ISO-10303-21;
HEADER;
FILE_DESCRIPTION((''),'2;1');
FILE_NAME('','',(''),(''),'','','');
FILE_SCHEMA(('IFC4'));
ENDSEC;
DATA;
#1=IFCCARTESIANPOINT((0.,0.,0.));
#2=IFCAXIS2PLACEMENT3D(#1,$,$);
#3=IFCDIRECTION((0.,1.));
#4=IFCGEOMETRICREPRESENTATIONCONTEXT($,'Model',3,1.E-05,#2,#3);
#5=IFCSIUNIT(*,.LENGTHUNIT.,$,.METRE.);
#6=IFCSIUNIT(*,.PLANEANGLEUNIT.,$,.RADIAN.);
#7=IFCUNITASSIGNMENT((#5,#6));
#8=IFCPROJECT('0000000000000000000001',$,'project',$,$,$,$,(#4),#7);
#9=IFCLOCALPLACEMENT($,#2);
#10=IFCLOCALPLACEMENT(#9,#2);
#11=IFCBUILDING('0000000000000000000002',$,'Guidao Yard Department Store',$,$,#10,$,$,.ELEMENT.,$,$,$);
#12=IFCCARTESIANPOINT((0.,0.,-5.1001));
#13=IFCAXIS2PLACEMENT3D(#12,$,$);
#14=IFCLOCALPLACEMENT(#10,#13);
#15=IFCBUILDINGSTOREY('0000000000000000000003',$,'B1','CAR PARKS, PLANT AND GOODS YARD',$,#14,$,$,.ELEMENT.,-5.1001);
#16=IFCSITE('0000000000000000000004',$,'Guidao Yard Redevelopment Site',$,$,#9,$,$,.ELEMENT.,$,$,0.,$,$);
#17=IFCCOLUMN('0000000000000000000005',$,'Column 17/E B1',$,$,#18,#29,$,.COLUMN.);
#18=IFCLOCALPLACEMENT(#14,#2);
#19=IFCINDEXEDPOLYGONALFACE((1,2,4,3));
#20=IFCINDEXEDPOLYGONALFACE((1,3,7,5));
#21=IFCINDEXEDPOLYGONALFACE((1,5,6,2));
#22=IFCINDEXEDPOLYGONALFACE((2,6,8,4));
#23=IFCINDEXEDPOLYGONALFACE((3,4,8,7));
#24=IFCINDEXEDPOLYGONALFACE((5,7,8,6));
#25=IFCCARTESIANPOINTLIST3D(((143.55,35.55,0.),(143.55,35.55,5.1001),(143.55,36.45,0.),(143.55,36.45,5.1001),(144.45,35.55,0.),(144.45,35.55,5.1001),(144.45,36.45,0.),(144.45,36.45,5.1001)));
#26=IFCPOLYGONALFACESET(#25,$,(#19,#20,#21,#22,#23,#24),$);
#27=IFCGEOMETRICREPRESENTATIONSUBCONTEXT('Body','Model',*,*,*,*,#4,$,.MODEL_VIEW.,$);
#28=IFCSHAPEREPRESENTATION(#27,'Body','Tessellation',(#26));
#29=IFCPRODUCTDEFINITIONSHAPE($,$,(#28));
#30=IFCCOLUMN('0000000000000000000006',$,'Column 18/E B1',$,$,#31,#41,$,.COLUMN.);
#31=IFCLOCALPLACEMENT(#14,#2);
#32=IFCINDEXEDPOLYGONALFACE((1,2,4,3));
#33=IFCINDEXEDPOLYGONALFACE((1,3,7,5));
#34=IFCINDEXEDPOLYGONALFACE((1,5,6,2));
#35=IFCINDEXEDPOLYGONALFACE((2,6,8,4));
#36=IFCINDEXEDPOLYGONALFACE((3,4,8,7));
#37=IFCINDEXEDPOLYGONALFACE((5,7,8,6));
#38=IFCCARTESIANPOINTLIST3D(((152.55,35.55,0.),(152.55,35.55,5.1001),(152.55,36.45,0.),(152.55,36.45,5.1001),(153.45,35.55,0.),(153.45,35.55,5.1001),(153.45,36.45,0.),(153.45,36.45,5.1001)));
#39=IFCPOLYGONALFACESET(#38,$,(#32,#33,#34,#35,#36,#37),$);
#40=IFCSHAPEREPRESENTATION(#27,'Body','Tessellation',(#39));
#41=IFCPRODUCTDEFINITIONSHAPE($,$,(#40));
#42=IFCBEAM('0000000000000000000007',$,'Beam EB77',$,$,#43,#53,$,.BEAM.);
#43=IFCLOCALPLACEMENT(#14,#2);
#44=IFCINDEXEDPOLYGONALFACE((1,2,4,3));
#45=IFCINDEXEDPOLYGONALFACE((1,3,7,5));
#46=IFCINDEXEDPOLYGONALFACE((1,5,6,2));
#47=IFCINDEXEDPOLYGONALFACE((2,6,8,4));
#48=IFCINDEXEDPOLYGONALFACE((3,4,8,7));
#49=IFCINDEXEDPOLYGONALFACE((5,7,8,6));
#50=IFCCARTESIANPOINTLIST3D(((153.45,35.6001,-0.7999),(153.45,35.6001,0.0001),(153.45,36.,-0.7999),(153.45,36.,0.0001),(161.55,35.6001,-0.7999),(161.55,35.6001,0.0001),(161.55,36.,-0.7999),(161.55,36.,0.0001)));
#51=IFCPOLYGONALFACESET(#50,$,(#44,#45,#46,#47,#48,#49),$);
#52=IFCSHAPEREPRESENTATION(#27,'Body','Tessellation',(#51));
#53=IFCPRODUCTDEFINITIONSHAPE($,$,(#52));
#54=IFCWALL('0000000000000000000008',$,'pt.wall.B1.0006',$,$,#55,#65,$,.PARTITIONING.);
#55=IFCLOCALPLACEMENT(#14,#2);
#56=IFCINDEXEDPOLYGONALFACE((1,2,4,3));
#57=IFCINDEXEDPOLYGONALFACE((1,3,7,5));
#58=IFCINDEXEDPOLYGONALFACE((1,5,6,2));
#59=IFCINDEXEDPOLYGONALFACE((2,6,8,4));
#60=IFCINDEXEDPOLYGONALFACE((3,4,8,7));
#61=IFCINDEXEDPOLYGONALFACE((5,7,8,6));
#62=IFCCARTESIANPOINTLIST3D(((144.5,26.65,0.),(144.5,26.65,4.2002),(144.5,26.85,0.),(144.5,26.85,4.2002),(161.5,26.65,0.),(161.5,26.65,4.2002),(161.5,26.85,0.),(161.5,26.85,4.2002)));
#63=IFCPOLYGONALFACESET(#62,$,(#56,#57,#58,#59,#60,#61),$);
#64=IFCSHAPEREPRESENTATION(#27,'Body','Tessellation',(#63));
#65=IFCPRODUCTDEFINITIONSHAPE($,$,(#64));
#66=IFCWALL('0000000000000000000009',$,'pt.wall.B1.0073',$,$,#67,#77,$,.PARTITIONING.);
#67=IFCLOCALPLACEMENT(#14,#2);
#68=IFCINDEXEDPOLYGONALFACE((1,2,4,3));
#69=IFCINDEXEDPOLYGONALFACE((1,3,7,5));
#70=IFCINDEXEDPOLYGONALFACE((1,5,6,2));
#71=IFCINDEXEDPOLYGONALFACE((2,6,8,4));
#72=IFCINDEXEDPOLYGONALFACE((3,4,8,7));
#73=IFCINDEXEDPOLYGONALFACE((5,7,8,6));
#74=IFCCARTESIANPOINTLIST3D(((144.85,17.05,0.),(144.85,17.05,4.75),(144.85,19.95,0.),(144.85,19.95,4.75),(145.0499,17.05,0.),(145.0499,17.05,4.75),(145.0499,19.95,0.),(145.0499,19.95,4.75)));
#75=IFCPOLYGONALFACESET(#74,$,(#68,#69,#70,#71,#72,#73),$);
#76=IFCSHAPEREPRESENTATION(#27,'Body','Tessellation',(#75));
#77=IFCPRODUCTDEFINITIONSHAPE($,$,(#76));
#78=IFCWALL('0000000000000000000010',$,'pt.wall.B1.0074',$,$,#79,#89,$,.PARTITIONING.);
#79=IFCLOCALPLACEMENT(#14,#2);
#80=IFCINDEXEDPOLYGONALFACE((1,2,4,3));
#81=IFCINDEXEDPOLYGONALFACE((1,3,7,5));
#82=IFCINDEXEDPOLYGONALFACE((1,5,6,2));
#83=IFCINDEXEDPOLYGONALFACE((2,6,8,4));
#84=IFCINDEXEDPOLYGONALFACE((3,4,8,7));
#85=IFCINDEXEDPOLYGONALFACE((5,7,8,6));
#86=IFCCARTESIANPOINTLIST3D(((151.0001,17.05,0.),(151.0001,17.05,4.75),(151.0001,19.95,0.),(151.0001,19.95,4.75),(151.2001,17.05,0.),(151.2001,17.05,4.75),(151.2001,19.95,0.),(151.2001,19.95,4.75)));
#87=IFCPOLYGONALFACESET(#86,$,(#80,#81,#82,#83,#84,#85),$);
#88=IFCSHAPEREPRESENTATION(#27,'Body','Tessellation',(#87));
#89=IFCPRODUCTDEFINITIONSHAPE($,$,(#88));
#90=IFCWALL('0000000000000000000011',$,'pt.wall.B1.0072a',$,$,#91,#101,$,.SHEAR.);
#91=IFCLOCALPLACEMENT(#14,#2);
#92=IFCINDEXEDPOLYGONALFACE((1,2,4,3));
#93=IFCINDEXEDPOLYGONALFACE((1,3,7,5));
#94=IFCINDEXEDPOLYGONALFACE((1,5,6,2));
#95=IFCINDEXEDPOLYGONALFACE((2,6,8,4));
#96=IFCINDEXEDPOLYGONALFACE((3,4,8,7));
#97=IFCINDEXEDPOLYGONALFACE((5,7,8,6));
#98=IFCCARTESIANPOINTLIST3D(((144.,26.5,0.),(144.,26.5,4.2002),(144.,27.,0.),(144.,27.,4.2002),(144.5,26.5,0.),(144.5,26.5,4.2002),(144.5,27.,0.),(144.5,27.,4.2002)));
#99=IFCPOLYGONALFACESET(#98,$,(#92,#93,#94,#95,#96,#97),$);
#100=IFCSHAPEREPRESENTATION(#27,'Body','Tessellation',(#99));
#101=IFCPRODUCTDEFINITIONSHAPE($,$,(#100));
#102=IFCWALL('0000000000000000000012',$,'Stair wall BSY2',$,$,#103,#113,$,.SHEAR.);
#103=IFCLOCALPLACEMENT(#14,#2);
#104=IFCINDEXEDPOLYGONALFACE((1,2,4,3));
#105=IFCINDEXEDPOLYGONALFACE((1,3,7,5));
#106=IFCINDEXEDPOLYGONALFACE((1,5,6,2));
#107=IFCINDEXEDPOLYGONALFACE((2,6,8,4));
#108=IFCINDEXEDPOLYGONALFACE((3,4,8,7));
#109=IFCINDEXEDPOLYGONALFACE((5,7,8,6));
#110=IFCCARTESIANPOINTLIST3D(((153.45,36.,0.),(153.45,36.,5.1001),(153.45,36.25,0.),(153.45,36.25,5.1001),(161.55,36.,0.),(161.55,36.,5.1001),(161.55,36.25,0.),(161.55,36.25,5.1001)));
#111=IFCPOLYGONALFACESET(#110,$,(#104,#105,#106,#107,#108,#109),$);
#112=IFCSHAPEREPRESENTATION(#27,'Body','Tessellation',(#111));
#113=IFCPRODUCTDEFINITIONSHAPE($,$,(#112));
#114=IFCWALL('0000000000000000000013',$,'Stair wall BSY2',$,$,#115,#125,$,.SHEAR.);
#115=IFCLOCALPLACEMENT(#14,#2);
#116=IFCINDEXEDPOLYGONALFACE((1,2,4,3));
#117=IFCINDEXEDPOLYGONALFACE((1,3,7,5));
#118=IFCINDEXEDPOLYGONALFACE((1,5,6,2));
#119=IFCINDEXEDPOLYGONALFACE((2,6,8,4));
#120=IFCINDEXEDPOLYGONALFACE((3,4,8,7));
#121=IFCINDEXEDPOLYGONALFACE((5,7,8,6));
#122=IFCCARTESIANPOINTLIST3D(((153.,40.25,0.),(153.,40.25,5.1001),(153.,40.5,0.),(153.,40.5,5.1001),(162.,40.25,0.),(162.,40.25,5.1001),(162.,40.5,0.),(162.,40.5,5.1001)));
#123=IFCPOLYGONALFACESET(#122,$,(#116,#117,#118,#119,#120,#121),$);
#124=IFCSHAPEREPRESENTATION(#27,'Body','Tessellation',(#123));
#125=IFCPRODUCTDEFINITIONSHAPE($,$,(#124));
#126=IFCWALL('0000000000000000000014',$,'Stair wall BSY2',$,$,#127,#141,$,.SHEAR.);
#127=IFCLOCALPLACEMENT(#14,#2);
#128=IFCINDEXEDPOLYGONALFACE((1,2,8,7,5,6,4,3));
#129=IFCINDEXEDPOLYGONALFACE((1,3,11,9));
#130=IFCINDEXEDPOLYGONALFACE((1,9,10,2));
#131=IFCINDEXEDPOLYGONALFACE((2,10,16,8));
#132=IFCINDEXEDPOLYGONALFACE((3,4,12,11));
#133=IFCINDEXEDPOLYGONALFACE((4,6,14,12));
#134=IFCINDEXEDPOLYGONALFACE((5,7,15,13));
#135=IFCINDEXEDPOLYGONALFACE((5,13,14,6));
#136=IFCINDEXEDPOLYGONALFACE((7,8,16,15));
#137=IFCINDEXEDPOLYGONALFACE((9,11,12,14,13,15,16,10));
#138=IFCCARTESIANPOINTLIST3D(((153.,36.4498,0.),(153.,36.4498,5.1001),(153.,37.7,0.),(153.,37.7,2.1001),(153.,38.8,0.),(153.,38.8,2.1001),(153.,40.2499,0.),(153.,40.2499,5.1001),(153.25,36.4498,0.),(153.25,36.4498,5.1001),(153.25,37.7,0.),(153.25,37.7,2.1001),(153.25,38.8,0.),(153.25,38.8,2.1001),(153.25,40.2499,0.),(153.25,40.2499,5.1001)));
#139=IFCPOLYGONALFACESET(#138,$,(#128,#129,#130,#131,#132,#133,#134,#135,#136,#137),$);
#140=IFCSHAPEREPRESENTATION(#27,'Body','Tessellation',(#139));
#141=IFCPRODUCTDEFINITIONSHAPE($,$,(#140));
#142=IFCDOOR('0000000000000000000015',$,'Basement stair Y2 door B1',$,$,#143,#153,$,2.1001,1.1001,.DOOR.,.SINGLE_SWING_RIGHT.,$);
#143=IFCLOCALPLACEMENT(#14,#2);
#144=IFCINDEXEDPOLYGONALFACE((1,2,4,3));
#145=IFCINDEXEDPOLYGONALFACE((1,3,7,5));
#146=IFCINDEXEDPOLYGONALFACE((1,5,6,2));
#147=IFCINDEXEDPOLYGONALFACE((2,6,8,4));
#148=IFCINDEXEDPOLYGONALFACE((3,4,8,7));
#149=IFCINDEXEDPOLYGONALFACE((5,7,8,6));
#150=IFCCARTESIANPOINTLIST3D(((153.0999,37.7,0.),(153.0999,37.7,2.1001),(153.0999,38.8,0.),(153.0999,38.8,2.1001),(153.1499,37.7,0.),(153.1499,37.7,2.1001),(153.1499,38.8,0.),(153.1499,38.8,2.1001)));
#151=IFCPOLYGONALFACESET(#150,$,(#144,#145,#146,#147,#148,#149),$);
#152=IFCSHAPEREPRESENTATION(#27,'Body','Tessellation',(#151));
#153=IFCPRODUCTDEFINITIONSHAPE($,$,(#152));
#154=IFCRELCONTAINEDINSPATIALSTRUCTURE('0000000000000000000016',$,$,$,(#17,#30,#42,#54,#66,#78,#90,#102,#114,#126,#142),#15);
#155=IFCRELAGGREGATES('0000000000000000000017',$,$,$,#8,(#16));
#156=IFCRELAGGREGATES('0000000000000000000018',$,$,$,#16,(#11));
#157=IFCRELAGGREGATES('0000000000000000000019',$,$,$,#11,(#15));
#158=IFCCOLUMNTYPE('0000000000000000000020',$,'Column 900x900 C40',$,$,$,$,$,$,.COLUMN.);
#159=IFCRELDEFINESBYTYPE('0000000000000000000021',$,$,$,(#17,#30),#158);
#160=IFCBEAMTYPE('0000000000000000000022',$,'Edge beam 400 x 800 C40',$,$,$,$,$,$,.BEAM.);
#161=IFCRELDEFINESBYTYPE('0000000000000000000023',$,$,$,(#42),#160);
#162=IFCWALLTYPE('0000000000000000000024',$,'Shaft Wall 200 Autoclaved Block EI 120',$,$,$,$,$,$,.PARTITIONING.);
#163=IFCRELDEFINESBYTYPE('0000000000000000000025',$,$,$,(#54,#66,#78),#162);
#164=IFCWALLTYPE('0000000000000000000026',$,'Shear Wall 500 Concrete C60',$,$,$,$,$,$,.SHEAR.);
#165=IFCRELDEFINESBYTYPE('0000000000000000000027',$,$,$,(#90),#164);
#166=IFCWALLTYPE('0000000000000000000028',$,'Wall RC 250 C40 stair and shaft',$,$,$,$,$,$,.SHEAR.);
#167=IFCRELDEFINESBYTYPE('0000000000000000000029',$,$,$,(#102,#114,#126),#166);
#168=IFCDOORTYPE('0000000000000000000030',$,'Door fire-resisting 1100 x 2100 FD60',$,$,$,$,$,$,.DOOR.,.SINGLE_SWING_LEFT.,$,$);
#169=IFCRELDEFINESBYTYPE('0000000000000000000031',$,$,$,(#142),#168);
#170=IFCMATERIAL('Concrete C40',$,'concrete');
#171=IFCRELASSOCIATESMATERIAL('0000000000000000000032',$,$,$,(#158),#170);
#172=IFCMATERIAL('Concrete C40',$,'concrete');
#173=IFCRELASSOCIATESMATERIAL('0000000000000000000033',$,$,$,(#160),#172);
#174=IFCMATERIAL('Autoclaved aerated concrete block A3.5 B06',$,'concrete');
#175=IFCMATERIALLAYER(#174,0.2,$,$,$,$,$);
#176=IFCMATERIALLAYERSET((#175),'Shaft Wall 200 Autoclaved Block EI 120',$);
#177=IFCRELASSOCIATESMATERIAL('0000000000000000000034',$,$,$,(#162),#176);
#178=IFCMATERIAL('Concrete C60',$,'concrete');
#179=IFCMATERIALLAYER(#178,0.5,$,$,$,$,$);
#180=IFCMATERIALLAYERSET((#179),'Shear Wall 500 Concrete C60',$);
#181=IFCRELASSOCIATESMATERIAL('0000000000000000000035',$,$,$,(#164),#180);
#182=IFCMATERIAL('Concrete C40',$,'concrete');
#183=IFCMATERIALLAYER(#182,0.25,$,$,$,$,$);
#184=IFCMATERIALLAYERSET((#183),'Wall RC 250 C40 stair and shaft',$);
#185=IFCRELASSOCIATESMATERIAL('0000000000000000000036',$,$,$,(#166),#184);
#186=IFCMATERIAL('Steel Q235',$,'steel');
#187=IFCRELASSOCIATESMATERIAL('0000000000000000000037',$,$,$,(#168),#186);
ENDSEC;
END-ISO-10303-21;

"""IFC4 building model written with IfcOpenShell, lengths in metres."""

from ifc_helpers import new_model, si_unit, direction, frame, frame_2d, origin, origin_2d, place, context, subcontext, project, spatial, rectangle, extrude, material, layer, layer_set, material_profile, profile_set, type_object, element, fill, save


model = new_model("IFC4")

# Units and contexts
model_context = context("Model", 3, precision=1e-05, world=origin(), true_north=direction((0.0, 1.0)))
body_context = subcontext(model_context, "Body", "Model", "MODEL_VIEW")
ifc_project = project(units=[si_unit("LENGTHUNIT", "METRE"), si_unit("PLANEANGLEUNIT", "RADIAN")], contexts=[model_context])

# Site, building, storey
site_placement = place(None, origin())
site = spatial("IfcSite", under=ifc_project, at=site_placement, Name="Guidao Yard Redevelopment Site", CompositionType="ELEMENT", RefElevation=0.0)
building_placement = place(site_placement, origin())
building = spatial("IfcBuilding", under=site, at=building_placement, Name="Guidao Yard Department Store", CompositionType="ELEMENT")
storey_placement = place(building_placement, frame((0.0, 0.0, -5.1001)))
storey = spatial("IfcBuildingStorey", under=building, at=storey_placement, Name="B1", Description="CAR PARKS, PLANT AND GOODS YARD", CompositionType="ELEMENT", Elevation=-5.1001)

# Columns
ifc_material_1 = material(Name="Concrete C40", Category="concrete")
ifc_material_profile_1 = material_profile(ifc_material_1, rectangle(XDim=0.8999, YDim=0.8999, at=origin_2d()), Name="COL 900x900")
ifc_profile_set_1 = profile_set([ifc_material_profile_1], Name="Concrete C40")
column_type = type_object("IfcColumnType", Name="Column 900x900 C40", PredefinedType="COLUMN", material=ifc_profile_set_1)
for number, where, z_axis, x_axis, name in (
    (1, (144.0, 36.0, 0.0), (0.0, 0.0, 1.0), (1.0, 0.0, 0.0), "Column 17/E B1"),
    (2, (153.0, 36.0, 0.0), (0.0, 0.0, 1.0), (1.0, 0.0, 0.0), "Column 18/E B1"),
):
    element("IfcColumn", number, at=place(storey_placement, frame(where, z_axis=z_axis, x_axis=x_axis)), inside=storey, type_object=column_type, Name=name, PredefinedType="COLUMN", context=body_context, shape_type="SweptSolid", body=[
        extrude(rectangle(XDim=0.8999, YDim=0.8999, at=origin_2d()), origin(), (0.0, 0.0, 1.0), 5.1001),
    ])

# Beam
ifc_material_2 = material(Name="Concrete C40", Category="concrete")
ifc_material_profile_2 = material_profile(ifc_material_2, rectangle(XDim=0.3999, YDim=0.8, at=origin_2d()), Name="Edge beam 400 x 800 C40")
ifc_profile_set_2 = profile_set([ifc_material_profile_2], Name="Concrete C40")
beam_type = type_object("IfcBeamType", Name="Edge beam 400 x 800 C40", PredefinedType="BEAM", material=ifc_profile_set_2)
beam_placement = place(storey_placement, frame((153.45, 35.8, -0.3999), z_axis=(1.0, 0.0, 0.0), x_axis=(0.0, 1.0, 0.0)))
element("IfcBeam", 3, at=beam_placement, inside=storey, type_object=beam_type, Name="Beam EB77", PredefinedType="BEAM", context=body_context, shape_type="SweptSolid", body=[
    extrude(rectangle(XDim=0.3999, YDim=0.8, at=origin_2d()), origin(), (0.0, 0.0, 1.0), 8.1001),
])

# Walls
ifc_material_3 = material(Name="Autoclaved aerated concrete block A3.5 B06", Category="concrete")
ifc_layer_1 = layer(ifc_material_3, 0.2)
ifc_layer_set_1 = layer_set([ifc_layer_1], Name="Shaft Wall 200 Autoclaved Block EI 120")
wall_type_1 = type_object("IfcWallType", Name="Shaft Wall 200 Autoclaved Block EI 120", PredefinedType="PARTITIONING", material=ifc_layer_set_1)
wall_1_placement = place(storey_placement, frame((144.5, 26.75, 0.0), z_axis=(0.0, 0.0, 1.0), x_axis=(1.0, 0.0, 0.0)))
element("IfcWall", 4, at=wall_1_placement, inside=storey, type_object=wall_type_1, Name="pt.wall.B1.0006", PredefinedType="PARTITIONING", context=body_context, shape_type="SweptSolid", body=[
    extrude(rectangle(XDim=17.0, YDim=0.2, at=frame_2d((8.5, 0.0))), origin(), (0.0, 0.0, 1.0), 4.2002),
])
for number, where, z_axis, x_axis, name in (
    (5, (144.95, 17.05, 0.0), (0.0, 0.0, 1.0), (0.0, 1.0, 0.0), "pt.wall.B1.0073"),
    (6, (151.1001, 17.05, 0.0), (0.0, 0.0, 1.0), (0.0, 1.0, 0.0), "pt.wall.B1.0074"),
):
    element("IfcWall", number, at=place(storey_placement, frame(where, z_axis=z_axis, x_axis=x_axis)), inside=storey, type_object=wall_type_1, Name=name, PredefinedType="PARTITIONING", context=body_context, shape_type="SweptSolid", body=[
        extrude(rectangle(XDim=2.8999, YDim=0.2, at=frame_2d((1.45, 0.0))), origin(), (0.0, 0.0, 1.0), 4.75),
    ])
ifc_material_4 = material(Name="Concrete C60", Category="concrete")
ifc_layer_2 = layer(ifc_material_4, 0.5)
ifc_layer_set_2 = layer_set([ifc_layer_2], Name="Shear Wall 500 Concrete C60")
wall_type_2 = type_object("IfcWallType", Name="Shear Wall 500 Concrete C60", PredefinedType="SHEAR", material=ifc_layer_set_2)
wall_2_placement = place(storey_placement, frame((144.25, 26.5, 0.0), z_axis=(0.0, 0.0, 1.0), x_axis=(0.0, 1.0, 0.0)))
element("IfcWall", 7, at=wall_2_placement, inside=storey, type_object=wall_type_2, Name="pt.wall.B1.0072a", PredefinedType="SHEAR", context=body_context, shape_type="SweptSolid", body=[
    extrude(rectangle(XDim=0.5, YDim=0.5, at=frame_2d((0.25, 0.0))), origin(), (0.0, 0.0, 1.0), 4.2002),
])
ifc_material_5 = material(Name="Concrete C40", Category="concrete")
ifc_layer_3 = layer(ifc_material_5, 0.25)
ifc_layer_set_3 = layer_set([ifc_layer_3], Name="Wall RC 250 C40 stair and shaft")
wall_type_3 = type_object("IfcWallType", Name="Wall RC 250 C40 stair and shaft", PredefinedType="SHEAR", material=ifc_layer_set_3)
wall_3_placement = place(storey_placement, frame((153.45, 36.125, 0.0), z_axis=(0.0, 0.0, 1.0), x_axis=(1.0, 0.0, 0.0)))
element("IfcWall", 8, at=wall_3_placement, inside=storey, type_object=wall_type_3, Name="Stair wall BSY2", PredefinedType="SHEAR", context=body_context, shape_type="SweptSolid", body=[
    extrude(rectangle(XDim=8.1001, YDim=0.25, at=frame_2d((4.05, 0.0))), origin(), (0.0, 0.0, 1.0), 5.1001),
])
wall_4_placement = place(storey_placement, frame((153.0, 40.375, 0.0), z_axis=(0.0, 0.0, 1.0), x_axis=(1.0, 0.0, 0.0)))
element("IfcWall", 9, at=wall_4_placement, inside=storey, type_object=wall_type_3, Name="Stair wall BSY2", PredefinedType="SHEAR", context=body_context, shape_type="SweptSolid", body=[
    extrude(rectangle(XDim=9.0, YDim=0.25, at=frame_2d((4.5, 0.0))), origin(), (0.0, 0.0, 1.0), 5.1001),
])

# Wall, opening, door
wall_5_placement = place(storey_placement, frame((153.125, 36.45, 0.0), z_axis=(0.0, 0.0, 1.0), x_axis=(0.0, 1.0, 0.0)))
wall_5 = element("IfcWall", 10, at=wall_5_placement, inside=storey, type_object=wall_type_3, Name="Stair wall BSY2", PredefinedType="SHEAR", context=body_context, shape_type="SweptSolid", body=[
    extrude(rectangle(XDim=3.8, YDim=0.25, at=frame_2d((1.8999, 0.0))), origin(), (0.0, 0.0, 1.0), 5.1001),
])
opening_1_placement = place(wall_5_placement, frame((2.3501, 0.0, 0.0), z_axis=(0.0, 0.0, 1.0), x_axis=(-1.0, 0.0, 0.0)))
opening_1 = element("IfcOpeningElement", 11, at=opening_1_placement, cuts=wall_5, PredefinedType="OPENING", context=body_context, shape_type="SweptSolid", body=[
    extrude(rectangle(XDim=1.1001, YDim=2.1001, at=frame_2d((0.55, 1.05))), frame((0.0, 0.135, 0.0), z_axis=(0.0, -1.0, 0.0), x_axis=(1.0, 0.0, 0.0)), (0.0, 0.0, 1.0), 0.27),
])
ifc_material_6 = material(Name="Steel Q235", Category="steel")
door_type_1 = type_object("IfcDoorType", Name="Door fire-resisting 1100 x 2100 FD60", OperationType="SINGLE_SWING_LEFT", PredefinedType="DOOR", material=ifc_material_6)
door_1_placement = place(opening_1_placement, origin())
door_1 = element("IfcDoor", 12, at=door_1_placement, inside=storey, type_object=door_type_1, Name="Basement stair Y2 door B1", OperationType="SINGLE_SWING_RIGHT", OverallHeight=2.1001, OverallWidth=1.1001, PredefinedType="DOOR", context=body_context, shape_type="SweptSolid", body=[
    extrude(rectangle(XDim=1.1001, YDim=2.1001, at=frame_2d((0.55, 1.05))), frame((0.0, 0.0249, 0.0), z_axis=(0.0, -1.0, 0.0), x_axis=(1.0, 0.0, 0.0)), (0.0, 0.0, 1.0), 0.05),
])
fill(opening_1, door_1)

save(model, "model.ifc")
